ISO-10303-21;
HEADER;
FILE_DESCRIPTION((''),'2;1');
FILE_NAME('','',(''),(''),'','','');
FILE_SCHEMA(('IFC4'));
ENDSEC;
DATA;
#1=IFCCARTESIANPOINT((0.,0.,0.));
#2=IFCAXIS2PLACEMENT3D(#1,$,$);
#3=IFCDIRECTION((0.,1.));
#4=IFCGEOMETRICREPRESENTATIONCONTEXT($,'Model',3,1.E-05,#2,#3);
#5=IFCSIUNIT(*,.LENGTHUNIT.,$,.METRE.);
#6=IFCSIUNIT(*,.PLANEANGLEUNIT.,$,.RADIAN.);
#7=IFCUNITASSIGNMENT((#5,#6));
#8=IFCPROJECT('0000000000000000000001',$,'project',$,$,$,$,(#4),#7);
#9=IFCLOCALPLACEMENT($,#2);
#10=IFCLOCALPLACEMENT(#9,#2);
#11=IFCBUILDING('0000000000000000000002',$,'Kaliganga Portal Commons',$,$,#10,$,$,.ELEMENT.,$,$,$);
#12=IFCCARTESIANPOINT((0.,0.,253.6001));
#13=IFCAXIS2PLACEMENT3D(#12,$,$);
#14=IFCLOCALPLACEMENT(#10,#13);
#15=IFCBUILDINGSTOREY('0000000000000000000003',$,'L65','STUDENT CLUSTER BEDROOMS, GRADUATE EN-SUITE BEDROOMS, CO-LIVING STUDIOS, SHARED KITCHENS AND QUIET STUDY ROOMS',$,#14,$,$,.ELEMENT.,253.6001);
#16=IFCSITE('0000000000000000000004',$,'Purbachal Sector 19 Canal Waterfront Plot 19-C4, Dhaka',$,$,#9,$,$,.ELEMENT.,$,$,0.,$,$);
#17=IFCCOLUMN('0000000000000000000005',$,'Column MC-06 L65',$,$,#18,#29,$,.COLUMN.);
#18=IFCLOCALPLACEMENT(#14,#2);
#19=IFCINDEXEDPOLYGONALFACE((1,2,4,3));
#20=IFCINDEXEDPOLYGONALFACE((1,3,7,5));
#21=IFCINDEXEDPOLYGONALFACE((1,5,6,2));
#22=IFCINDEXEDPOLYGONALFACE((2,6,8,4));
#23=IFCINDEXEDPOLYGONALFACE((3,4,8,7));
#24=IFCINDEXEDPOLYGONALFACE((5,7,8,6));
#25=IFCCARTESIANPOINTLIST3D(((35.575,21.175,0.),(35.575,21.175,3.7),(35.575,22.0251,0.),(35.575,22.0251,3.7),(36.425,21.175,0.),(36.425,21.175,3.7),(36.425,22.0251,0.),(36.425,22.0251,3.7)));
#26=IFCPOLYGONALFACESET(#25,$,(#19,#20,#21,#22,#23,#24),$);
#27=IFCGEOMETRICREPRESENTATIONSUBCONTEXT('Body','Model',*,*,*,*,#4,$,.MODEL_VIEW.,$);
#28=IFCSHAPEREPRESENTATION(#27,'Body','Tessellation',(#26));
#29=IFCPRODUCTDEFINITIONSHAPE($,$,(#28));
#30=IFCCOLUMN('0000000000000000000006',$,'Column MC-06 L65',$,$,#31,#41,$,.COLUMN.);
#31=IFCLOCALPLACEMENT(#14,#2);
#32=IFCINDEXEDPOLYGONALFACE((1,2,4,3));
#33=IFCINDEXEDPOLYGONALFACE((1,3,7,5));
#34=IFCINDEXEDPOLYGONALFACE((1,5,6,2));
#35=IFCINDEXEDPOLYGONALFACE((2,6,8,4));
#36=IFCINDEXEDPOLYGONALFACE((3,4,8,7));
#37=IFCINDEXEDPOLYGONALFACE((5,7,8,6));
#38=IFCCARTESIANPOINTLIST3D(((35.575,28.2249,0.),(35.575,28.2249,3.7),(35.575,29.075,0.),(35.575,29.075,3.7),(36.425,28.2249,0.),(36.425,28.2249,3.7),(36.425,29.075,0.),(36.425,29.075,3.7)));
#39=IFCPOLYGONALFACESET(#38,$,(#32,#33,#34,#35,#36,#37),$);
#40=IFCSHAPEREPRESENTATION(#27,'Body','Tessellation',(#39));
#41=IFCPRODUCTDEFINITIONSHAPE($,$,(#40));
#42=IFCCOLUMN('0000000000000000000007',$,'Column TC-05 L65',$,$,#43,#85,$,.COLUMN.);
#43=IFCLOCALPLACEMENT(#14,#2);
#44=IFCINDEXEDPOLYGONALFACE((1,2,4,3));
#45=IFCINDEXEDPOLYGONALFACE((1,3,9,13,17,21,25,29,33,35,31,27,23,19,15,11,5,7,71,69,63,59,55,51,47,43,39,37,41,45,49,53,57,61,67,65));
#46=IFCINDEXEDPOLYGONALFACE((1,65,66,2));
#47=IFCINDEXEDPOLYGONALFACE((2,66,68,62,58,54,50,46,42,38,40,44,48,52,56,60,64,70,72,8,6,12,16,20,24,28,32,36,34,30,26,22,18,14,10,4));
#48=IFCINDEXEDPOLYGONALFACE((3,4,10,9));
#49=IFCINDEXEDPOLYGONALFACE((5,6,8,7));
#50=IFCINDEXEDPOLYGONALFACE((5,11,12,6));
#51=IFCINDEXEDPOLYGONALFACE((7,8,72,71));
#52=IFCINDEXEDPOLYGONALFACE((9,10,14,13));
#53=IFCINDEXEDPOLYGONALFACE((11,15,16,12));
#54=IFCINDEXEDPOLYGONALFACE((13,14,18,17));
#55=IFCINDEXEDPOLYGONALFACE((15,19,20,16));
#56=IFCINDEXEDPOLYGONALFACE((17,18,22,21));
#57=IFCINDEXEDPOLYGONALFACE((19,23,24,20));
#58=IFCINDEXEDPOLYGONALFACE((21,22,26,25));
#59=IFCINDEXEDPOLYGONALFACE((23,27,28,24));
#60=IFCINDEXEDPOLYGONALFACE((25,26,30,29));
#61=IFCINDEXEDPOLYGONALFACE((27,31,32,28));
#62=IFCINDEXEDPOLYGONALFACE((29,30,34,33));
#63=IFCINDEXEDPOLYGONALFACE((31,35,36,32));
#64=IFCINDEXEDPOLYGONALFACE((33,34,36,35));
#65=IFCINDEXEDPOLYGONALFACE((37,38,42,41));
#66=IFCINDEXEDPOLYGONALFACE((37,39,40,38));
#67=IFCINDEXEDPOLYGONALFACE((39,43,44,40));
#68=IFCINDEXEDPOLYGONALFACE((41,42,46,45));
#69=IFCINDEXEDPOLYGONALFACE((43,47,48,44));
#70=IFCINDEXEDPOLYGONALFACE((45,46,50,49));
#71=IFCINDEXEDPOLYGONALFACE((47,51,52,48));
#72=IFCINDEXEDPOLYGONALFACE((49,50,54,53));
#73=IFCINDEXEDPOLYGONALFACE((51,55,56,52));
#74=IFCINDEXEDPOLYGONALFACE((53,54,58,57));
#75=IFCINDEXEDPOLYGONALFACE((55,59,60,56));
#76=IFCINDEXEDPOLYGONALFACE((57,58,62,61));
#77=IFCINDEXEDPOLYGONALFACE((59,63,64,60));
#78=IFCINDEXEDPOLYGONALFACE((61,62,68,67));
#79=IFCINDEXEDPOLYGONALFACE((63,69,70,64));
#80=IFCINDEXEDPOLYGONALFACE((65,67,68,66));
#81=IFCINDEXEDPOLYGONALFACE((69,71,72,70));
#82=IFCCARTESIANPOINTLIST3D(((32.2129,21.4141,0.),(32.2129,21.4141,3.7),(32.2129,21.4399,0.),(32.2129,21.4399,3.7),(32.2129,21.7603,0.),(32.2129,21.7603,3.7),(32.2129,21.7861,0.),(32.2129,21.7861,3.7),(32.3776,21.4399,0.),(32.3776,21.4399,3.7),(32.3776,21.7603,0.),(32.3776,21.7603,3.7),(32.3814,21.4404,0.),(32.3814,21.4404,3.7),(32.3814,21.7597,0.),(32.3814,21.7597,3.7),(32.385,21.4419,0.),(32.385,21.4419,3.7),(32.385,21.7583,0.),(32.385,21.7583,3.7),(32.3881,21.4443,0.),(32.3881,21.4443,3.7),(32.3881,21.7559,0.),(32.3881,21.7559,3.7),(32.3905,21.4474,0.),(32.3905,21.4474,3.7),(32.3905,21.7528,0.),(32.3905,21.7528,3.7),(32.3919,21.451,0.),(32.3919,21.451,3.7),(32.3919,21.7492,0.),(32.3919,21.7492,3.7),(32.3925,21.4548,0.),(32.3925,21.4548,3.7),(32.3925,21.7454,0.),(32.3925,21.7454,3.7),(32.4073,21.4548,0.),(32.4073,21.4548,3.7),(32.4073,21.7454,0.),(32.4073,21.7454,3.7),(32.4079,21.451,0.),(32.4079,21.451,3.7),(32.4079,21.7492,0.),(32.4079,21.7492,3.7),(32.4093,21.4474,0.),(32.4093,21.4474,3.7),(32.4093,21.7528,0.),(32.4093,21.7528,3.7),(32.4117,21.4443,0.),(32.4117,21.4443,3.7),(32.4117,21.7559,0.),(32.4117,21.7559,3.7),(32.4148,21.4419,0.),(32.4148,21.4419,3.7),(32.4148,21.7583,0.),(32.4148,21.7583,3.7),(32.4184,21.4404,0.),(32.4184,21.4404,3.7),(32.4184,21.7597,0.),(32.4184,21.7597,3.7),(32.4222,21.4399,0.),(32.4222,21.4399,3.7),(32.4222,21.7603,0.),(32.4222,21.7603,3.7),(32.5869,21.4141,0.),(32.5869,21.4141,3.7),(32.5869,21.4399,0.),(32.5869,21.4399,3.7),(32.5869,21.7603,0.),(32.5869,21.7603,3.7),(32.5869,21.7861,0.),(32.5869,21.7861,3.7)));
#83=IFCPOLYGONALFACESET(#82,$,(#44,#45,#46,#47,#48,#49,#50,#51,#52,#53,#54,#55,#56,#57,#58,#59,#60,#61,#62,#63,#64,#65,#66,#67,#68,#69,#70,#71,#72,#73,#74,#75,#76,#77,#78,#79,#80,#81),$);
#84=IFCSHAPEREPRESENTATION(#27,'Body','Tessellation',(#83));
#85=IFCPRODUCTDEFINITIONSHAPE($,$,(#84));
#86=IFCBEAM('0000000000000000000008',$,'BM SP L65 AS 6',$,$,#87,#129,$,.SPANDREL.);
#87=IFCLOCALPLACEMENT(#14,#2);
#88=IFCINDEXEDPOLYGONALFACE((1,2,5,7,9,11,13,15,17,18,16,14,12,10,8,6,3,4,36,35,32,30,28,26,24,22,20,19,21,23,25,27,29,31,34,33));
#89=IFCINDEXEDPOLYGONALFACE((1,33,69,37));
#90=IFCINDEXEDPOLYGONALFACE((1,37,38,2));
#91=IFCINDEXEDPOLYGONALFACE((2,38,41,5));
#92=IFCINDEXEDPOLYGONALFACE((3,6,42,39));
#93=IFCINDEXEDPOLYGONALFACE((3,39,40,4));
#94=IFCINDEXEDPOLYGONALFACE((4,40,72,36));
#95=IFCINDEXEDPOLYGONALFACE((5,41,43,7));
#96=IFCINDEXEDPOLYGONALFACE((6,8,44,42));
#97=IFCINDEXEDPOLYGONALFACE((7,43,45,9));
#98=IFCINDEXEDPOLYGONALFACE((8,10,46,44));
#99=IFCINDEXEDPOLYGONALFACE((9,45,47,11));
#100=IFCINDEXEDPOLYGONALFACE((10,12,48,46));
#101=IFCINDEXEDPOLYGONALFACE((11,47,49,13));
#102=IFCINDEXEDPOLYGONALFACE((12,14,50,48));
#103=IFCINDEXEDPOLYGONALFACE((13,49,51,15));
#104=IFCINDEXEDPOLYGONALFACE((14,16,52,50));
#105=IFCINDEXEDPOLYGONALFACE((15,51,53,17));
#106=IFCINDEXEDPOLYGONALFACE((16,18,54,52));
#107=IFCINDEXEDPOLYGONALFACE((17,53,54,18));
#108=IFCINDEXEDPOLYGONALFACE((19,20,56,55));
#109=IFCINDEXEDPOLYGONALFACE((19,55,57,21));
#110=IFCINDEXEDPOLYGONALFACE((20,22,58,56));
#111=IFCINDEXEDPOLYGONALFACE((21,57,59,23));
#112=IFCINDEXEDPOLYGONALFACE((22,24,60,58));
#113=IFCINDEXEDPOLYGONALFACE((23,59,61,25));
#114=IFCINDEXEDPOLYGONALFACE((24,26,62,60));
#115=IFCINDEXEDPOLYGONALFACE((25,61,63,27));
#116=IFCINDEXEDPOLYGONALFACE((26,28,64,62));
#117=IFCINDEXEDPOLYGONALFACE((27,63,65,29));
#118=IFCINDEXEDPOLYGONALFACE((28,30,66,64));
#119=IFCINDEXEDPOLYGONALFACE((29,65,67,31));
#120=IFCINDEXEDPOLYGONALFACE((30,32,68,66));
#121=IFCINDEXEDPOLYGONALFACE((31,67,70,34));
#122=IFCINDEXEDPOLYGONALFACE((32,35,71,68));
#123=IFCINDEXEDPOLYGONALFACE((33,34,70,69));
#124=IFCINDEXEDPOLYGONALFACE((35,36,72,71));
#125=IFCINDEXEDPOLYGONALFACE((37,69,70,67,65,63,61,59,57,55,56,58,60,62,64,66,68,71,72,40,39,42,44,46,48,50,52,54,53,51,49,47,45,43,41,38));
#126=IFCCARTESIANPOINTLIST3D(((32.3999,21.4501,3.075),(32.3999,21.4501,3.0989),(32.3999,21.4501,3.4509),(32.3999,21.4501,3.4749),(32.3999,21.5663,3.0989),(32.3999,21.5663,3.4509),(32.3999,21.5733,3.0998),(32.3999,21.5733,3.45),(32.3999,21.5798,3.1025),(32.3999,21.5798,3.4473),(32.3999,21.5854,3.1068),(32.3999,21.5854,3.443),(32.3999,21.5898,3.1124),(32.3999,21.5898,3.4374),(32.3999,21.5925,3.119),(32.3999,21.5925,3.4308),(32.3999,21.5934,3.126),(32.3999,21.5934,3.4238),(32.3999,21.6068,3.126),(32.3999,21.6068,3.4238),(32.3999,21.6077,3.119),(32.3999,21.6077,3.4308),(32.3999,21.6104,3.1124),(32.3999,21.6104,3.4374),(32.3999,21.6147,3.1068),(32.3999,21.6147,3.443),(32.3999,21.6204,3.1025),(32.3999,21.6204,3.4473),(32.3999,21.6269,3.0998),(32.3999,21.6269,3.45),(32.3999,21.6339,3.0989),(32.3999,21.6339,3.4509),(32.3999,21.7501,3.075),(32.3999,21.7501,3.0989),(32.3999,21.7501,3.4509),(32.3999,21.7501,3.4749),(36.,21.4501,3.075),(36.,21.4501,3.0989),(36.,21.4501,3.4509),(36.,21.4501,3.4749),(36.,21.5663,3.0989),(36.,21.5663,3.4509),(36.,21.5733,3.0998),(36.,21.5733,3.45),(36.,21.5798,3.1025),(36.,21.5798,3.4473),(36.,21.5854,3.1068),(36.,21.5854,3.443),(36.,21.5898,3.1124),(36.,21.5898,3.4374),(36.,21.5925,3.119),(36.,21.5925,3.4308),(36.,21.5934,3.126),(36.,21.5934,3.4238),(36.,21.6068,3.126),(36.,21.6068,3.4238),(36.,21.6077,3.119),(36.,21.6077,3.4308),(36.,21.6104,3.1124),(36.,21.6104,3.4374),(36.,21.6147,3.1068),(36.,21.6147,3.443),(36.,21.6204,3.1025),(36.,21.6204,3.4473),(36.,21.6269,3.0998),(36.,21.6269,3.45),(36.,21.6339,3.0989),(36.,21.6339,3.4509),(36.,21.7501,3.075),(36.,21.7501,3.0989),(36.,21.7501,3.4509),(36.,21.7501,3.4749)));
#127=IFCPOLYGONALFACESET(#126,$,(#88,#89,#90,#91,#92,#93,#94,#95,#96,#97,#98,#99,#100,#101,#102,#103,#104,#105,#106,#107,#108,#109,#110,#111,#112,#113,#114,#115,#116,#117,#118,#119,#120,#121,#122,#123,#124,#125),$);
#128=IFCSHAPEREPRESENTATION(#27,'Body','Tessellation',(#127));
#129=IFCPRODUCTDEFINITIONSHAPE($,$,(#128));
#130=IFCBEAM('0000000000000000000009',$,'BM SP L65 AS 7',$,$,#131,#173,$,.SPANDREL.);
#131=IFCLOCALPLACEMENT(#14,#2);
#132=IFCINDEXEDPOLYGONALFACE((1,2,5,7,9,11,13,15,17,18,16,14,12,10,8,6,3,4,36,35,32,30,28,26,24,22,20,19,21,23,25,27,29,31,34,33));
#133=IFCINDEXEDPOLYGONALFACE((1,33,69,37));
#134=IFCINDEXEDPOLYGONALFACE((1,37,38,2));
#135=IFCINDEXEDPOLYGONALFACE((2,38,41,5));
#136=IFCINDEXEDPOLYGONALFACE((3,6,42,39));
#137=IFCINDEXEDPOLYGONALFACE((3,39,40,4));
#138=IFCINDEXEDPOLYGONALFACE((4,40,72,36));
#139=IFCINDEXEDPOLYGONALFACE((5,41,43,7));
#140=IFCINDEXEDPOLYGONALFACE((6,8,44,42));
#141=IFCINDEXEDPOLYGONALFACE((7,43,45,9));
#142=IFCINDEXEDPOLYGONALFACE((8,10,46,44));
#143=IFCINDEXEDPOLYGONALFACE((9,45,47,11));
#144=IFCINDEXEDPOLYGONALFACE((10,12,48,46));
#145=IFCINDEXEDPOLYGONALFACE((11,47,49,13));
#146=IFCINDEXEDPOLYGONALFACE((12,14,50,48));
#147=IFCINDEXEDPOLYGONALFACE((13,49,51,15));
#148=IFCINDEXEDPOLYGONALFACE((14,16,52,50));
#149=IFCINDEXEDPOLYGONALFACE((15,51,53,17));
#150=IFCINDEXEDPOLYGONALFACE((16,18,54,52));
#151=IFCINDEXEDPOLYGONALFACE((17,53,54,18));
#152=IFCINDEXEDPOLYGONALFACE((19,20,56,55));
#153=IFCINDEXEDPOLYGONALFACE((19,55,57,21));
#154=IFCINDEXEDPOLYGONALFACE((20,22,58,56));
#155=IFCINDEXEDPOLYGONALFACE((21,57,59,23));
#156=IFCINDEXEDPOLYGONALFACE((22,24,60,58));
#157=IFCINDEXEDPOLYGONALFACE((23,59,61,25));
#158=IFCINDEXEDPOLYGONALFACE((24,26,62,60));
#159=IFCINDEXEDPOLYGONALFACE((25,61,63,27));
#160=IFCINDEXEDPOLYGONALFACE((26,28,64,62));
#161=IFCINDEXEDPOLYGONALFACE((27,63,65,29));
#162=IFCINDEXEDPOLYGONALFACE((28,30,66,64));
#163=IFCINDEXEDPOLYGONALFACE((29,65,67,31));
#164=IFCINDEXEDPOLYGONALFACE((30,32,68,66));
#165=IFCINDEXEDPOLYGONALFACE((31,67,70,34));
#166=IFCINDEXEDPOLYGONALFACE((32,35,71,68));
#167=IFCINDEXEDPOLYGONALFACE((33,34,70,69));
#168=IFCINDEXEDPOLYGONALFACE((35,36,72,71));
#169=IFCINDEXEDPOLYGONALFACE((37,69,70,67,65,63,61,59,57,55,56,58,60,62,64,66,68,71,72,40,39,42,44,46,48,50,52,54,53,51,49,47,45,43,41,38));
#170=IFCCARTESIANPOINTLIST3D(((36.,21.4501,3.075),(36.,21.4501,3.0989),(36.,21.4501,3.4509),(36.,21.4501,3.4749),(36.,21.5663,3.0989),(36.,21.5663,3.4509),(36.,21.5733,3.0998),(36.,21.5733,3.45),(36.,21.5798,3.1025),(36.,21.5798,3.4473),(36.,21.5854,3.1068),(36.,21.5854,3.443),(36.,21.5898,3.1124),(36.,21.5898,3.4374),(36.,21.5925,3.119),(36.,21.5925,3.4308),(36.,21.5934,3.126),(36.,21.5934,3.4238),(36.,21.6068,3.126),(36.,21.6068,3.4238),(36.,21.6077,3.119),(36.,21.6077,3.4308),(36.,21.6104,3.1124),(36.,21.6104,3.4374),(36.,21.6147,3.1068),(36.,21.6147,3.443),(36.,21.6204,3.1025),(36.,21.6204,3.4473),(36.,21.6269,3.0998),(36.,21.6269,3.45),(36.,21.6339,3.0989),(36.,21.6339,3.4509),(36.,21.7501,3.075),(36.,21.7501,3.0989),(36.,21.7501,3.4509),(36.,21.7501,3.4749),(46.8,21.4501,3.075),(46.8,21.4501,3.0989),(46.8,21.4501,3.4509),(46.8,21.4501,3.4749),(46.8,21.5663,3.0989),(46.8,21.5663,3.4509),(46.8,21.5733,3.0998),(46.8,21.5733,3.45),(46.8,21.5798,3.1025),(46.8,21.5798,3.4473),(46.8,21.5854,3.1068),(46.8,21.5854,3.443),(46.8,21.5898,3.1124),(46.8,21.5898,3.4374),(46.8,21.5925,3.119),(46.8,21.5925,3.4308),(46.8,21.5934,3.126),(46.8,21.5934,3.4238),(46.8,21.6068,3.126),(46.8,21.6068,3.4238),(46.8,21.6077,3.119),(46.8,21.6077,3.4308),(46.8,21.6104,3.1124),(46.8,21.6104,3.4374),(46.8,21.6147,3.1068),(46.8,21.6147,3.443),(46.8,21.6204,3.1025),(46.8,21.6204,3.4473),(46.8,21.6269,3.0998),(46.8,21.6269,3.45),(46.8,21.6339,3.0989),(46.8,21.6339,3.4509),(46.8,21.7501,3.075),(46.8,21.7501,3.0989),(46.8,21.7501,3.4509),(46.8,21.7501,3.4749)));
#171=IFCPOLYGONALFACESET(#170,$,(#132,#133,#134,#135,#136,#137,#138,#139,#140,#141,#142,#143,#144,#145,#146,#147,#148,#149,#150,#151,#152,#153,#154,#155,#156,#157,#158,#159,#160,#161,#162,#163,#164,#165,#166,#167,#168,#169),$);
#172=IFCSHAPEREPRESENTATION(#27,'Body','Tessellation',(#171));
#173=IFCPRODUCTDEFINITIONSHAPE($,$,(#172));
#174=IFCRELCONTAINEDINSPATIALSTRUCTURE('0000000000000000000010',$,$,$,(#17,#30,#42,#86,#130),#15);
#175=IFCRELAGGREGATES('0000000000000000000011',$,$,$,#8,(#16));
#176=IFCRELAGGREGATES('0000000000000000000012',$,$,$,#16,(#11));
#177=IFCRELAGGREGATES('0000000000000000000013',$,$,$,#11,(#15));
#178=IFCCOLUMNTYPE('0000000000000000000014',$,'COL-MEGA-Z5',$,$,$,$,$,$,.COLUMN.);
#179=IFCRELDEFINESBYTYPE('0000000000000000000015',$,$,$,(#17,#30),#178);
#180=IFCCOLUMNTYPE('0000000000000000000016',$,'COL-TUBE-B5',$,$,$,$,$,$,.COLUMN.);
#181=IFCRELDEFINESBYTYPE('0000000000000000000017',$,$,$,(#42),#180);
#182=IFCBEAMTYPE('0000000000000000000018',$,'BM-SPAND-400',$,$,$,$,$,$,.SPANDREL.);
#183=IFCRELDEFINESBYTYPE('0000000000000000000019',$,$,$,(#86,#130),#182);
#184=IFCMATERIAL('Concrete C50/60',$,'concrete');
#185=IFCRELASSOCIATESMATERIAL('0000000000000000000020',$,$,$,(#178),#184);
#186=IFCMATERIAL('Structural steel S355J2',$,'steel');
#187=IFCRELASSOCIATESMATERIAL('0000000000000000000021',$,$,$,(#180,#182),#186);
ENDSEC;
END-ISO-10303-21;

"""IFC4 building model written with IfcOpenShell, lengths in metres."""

from ifc_helpers import new_model, si_unit, direction, frame, origin, origin_2d, place, context, subcontext, project, spatial, rectangle, i_section, extrude, source, transform, mapped, material, material_profile, profile_set, type_object, element, save


model = new_model("IFC4")

# Units and contexts
model_context = context("Model", 3, precision=1e-05, world=origin(), true_north=direction((0.0, 1.0)))
body_context = subcontext(model_context, "Body", "Model", "MODEL_VIEW")
ifc_project = project(units=[si_unit("LENGTHUNIT", "METRE"), si_unit("PLANEANGLEUNIT", "RADIAN")], contexts=[model_context])

# Site, building, storey
site_placement = place(None, origin())
site = spatial("IfcSite", under=ifc_project, at=site_placement, Name="Purbachal Sector 19 Canal Waterfront Plot 19-C4, Dhaka", CompositionType="ELEMENT", RefElevation=0.0)
building_placement = place(site_placement, origin())
building = spatial("IfcBuilding", under=site, at=building_placement, Name="Kaliganga Portal Commons", CompositionType="ELEMENT")
storey_placement = place(building_placement, frame((0.0, 0.0, 253.6001)))
storey = spatial("IfcBuildingStorey", under=building, at=storey_placement, Name="L65", Description="STUDENT CLUSTER BEDROOMS, GRADUATE EN-SUITE BEDROOMS, CO-LIVING STUDIOS, SHARED KITCHENS AND QUIET STUDY ROOMS", CompositionType="ELEMENT", Elevation=253.6001)

# Columns
ifc_material_1 = material(Name="Concrete C50/60", Category="concrete")
ifc_material_profile_1 = material_profile(ifc_material_1, rectangle(XDim=0.8501, YDim=0.8501, at=origin_2d()), Name="RC 850x850")
ifc_profile_set_1 = profile_set([ifc_material_profile_1], Name="Concrete C50/60")
column_type_1 = type_object("IfcColumnType", Name="COL-MEGA-Z5", PredefinedType="COLUMN", material=ifc_profile_set_1)
shared_shape_1 = source(origin(), body_context, "Body", "SweptSolid", [
    extrude(rectangle(XDim=0.8501, YDim=0.8501, at=origin_2d()), origin(), (0.0, 0.0, 1.0), 3.7),
])
for number, where, z_axis, x_axis, name in (
    (1, (36.0, 21.6001, 0.0), (0.0, 0.0, 1.0), (1.0, 0.0, 0.0), "Column MC-06 L65"),
    (2, (36.0, 28.6499, 0.0), (0.0, 0.0, 1.0), (1.0, 0.0, 0.0), "Column MC-06 L65"),
):
    element("IfcColumn", number, at=place(storey_placement, frame(where, z_axis=z_axis, x_axis=x_axis)), inside=storey, type_object=column_type_1, Name=name, PredefinedType="COLUMN", context=body_context, shape_type="MappedRepresentation", body=[
        mapped(shared_shape_1, transform((0.0, 0.0, 0.0), x_axis=(1.0, 0.0, 0.0), y_axis=(0.0, 1.0, 0.0), z_axis=(0.0, 0.0, 1.0), scale=1.0)),
    ])
ifc_material_2 = material(Name="Structural steel S355J2", Category="steel")
ifc_material_profile_2 = material_profile(ifc_material_2, i_section(OverallWidth=0.374, OverallDepth=0.3721, WebThickness=0.0149, FlangeThickness=0.0259, FilletRadius=0.0149, at=origin_2d()), Name="HD 360x196")
ifc_profile_set_2 = profile_set([ifc_material_profile_2], Name="Structural steel S355J2 wide-flange")
column_type_2 = type_object("IfcColumnType", Name="COL-TUBE-B5", PredefinedType="COLUMN", material=ifc_profile_set_2)
shared_shape_2 = source(origin(), body_context, "Body", "SweptSolid", [
    extrude(i_section(OverallWidth=0.374, OverallDepth=0.3721, WebThickness=0.0149, FlangeThickness=0.0259, FilletRadius=0.0149, at=origin_2d()), origin(), (0.0, 0.0, 1.0), 3.7),
])
column_placement = place(storey_placement, frame((32.3999, 21.6001, 0.0), z_axis=(0.0, 0.0, 1.0), x_axis=(1.0, 0.0, 0.0)))
element("IfcColumn", 3, at=column_placement, inside=storey, type_object=column_type_2, Name="Column TC-05 L65", PredefinedType="COLUMN", context=body_context, shape_type="MappedRepresentation", body=[
    mapped(shared_shape_2, transform((0.0, 0.0, 0.0), x_axis=(1.0, 0.0, 0.0), y_axis=(0.0, 1.0, 0.0), z_axis=(0.0, 0.0, 1.0), scale=1.0)),
])

# Beams
ifc_material_profile_3 = material_profile(ifc_material_2, i_section(OverallWidth=0.3, OverallDepth=0.3999, WebThickness=0.0134, FlangeThickness=0.0239, FilletRadius=0.0271, at=origin_2d()), Name="HE 400 B")
ifc_profile_set_3 = profile_set([ifc_material_profile_3], Name="Structural steel S355J2 wide-flange")
beam_type_1 = type_object("IfcBeamType", Name="BM-SPAND-400", PredefinedType="SPANDREL", material=ifc_profile_set_3)
shared_shape_3 = source(origin(), body_context, "Body", "SweptSolid", [
    extrude(i_section(OverallWidth=0.3, OverallDepth=0.3999, WebThickness=0.0134, FlangeThickness=0.0239, FilletRadius=0.0271, at=origin_2d()), origin(), (0.0, 0.0, 1.0), 3.6001),
])
beam_1_placement = place(storey_placement, frame((32.3999, 21.6001, 3.2749), z_axis=(1.0, 0.0, 0.0), x_axis=(0.0, 1.0, 0.0)))
element("IfcBeam", 4, at=beam_1_placement, inside=storey, type_object=beam_type_1, Name="BM SP L65 AS 6", PredefinedType="SPANDREL", context=body_context, shape_type="MappedRepresentation", body=[
    mapped(shared_shape_3, transform((0.0, 0.0, 0.0), x_axis=(1.0, 0.0, 0.0), y_axis=(0.0, 1.0, 0.0), z_axis=(0.0, 0.0, 1.0), scale=1.0)),
])
shared_shape_4 = source(origin(), body_context, "Body", "SweptSolid", [
    extrude(i_section(OverallWidth=0.3, OverallDepth=0.3999, WebThickness=0.0134, FlangeThickness=0.0239, FilletRadius=0.0271, at=origin_2d()), origin(), (0.0, 0.0, 1.0), 10.8),
])
beam_2_placement = place(storey_placement, frame((36.0, 21.6001, 3.2749), z_axis=(1.0, 0.0, 0.0), x_axis=(0.0, 1.0, 0.0)))
element("IfcBeam", 5, at=beam_2_placement, inside=storey, type_object=beam_type_1, Name="BM SP L65 AS 7", PredefinedType="SPANDREL", context=body_context, shape_type="MappedRepresentation", body=[
    mapped(shared_shape_4, transform((0.0, 0.0, 0.0), x_axis=(1.0, 0.0, 0.0), y_axis=(0.0, 1.0, 0.0), z_axis=(0.0, 0.0, 1.0), scale=1.0)),
])

save(model, "model.ifc")
